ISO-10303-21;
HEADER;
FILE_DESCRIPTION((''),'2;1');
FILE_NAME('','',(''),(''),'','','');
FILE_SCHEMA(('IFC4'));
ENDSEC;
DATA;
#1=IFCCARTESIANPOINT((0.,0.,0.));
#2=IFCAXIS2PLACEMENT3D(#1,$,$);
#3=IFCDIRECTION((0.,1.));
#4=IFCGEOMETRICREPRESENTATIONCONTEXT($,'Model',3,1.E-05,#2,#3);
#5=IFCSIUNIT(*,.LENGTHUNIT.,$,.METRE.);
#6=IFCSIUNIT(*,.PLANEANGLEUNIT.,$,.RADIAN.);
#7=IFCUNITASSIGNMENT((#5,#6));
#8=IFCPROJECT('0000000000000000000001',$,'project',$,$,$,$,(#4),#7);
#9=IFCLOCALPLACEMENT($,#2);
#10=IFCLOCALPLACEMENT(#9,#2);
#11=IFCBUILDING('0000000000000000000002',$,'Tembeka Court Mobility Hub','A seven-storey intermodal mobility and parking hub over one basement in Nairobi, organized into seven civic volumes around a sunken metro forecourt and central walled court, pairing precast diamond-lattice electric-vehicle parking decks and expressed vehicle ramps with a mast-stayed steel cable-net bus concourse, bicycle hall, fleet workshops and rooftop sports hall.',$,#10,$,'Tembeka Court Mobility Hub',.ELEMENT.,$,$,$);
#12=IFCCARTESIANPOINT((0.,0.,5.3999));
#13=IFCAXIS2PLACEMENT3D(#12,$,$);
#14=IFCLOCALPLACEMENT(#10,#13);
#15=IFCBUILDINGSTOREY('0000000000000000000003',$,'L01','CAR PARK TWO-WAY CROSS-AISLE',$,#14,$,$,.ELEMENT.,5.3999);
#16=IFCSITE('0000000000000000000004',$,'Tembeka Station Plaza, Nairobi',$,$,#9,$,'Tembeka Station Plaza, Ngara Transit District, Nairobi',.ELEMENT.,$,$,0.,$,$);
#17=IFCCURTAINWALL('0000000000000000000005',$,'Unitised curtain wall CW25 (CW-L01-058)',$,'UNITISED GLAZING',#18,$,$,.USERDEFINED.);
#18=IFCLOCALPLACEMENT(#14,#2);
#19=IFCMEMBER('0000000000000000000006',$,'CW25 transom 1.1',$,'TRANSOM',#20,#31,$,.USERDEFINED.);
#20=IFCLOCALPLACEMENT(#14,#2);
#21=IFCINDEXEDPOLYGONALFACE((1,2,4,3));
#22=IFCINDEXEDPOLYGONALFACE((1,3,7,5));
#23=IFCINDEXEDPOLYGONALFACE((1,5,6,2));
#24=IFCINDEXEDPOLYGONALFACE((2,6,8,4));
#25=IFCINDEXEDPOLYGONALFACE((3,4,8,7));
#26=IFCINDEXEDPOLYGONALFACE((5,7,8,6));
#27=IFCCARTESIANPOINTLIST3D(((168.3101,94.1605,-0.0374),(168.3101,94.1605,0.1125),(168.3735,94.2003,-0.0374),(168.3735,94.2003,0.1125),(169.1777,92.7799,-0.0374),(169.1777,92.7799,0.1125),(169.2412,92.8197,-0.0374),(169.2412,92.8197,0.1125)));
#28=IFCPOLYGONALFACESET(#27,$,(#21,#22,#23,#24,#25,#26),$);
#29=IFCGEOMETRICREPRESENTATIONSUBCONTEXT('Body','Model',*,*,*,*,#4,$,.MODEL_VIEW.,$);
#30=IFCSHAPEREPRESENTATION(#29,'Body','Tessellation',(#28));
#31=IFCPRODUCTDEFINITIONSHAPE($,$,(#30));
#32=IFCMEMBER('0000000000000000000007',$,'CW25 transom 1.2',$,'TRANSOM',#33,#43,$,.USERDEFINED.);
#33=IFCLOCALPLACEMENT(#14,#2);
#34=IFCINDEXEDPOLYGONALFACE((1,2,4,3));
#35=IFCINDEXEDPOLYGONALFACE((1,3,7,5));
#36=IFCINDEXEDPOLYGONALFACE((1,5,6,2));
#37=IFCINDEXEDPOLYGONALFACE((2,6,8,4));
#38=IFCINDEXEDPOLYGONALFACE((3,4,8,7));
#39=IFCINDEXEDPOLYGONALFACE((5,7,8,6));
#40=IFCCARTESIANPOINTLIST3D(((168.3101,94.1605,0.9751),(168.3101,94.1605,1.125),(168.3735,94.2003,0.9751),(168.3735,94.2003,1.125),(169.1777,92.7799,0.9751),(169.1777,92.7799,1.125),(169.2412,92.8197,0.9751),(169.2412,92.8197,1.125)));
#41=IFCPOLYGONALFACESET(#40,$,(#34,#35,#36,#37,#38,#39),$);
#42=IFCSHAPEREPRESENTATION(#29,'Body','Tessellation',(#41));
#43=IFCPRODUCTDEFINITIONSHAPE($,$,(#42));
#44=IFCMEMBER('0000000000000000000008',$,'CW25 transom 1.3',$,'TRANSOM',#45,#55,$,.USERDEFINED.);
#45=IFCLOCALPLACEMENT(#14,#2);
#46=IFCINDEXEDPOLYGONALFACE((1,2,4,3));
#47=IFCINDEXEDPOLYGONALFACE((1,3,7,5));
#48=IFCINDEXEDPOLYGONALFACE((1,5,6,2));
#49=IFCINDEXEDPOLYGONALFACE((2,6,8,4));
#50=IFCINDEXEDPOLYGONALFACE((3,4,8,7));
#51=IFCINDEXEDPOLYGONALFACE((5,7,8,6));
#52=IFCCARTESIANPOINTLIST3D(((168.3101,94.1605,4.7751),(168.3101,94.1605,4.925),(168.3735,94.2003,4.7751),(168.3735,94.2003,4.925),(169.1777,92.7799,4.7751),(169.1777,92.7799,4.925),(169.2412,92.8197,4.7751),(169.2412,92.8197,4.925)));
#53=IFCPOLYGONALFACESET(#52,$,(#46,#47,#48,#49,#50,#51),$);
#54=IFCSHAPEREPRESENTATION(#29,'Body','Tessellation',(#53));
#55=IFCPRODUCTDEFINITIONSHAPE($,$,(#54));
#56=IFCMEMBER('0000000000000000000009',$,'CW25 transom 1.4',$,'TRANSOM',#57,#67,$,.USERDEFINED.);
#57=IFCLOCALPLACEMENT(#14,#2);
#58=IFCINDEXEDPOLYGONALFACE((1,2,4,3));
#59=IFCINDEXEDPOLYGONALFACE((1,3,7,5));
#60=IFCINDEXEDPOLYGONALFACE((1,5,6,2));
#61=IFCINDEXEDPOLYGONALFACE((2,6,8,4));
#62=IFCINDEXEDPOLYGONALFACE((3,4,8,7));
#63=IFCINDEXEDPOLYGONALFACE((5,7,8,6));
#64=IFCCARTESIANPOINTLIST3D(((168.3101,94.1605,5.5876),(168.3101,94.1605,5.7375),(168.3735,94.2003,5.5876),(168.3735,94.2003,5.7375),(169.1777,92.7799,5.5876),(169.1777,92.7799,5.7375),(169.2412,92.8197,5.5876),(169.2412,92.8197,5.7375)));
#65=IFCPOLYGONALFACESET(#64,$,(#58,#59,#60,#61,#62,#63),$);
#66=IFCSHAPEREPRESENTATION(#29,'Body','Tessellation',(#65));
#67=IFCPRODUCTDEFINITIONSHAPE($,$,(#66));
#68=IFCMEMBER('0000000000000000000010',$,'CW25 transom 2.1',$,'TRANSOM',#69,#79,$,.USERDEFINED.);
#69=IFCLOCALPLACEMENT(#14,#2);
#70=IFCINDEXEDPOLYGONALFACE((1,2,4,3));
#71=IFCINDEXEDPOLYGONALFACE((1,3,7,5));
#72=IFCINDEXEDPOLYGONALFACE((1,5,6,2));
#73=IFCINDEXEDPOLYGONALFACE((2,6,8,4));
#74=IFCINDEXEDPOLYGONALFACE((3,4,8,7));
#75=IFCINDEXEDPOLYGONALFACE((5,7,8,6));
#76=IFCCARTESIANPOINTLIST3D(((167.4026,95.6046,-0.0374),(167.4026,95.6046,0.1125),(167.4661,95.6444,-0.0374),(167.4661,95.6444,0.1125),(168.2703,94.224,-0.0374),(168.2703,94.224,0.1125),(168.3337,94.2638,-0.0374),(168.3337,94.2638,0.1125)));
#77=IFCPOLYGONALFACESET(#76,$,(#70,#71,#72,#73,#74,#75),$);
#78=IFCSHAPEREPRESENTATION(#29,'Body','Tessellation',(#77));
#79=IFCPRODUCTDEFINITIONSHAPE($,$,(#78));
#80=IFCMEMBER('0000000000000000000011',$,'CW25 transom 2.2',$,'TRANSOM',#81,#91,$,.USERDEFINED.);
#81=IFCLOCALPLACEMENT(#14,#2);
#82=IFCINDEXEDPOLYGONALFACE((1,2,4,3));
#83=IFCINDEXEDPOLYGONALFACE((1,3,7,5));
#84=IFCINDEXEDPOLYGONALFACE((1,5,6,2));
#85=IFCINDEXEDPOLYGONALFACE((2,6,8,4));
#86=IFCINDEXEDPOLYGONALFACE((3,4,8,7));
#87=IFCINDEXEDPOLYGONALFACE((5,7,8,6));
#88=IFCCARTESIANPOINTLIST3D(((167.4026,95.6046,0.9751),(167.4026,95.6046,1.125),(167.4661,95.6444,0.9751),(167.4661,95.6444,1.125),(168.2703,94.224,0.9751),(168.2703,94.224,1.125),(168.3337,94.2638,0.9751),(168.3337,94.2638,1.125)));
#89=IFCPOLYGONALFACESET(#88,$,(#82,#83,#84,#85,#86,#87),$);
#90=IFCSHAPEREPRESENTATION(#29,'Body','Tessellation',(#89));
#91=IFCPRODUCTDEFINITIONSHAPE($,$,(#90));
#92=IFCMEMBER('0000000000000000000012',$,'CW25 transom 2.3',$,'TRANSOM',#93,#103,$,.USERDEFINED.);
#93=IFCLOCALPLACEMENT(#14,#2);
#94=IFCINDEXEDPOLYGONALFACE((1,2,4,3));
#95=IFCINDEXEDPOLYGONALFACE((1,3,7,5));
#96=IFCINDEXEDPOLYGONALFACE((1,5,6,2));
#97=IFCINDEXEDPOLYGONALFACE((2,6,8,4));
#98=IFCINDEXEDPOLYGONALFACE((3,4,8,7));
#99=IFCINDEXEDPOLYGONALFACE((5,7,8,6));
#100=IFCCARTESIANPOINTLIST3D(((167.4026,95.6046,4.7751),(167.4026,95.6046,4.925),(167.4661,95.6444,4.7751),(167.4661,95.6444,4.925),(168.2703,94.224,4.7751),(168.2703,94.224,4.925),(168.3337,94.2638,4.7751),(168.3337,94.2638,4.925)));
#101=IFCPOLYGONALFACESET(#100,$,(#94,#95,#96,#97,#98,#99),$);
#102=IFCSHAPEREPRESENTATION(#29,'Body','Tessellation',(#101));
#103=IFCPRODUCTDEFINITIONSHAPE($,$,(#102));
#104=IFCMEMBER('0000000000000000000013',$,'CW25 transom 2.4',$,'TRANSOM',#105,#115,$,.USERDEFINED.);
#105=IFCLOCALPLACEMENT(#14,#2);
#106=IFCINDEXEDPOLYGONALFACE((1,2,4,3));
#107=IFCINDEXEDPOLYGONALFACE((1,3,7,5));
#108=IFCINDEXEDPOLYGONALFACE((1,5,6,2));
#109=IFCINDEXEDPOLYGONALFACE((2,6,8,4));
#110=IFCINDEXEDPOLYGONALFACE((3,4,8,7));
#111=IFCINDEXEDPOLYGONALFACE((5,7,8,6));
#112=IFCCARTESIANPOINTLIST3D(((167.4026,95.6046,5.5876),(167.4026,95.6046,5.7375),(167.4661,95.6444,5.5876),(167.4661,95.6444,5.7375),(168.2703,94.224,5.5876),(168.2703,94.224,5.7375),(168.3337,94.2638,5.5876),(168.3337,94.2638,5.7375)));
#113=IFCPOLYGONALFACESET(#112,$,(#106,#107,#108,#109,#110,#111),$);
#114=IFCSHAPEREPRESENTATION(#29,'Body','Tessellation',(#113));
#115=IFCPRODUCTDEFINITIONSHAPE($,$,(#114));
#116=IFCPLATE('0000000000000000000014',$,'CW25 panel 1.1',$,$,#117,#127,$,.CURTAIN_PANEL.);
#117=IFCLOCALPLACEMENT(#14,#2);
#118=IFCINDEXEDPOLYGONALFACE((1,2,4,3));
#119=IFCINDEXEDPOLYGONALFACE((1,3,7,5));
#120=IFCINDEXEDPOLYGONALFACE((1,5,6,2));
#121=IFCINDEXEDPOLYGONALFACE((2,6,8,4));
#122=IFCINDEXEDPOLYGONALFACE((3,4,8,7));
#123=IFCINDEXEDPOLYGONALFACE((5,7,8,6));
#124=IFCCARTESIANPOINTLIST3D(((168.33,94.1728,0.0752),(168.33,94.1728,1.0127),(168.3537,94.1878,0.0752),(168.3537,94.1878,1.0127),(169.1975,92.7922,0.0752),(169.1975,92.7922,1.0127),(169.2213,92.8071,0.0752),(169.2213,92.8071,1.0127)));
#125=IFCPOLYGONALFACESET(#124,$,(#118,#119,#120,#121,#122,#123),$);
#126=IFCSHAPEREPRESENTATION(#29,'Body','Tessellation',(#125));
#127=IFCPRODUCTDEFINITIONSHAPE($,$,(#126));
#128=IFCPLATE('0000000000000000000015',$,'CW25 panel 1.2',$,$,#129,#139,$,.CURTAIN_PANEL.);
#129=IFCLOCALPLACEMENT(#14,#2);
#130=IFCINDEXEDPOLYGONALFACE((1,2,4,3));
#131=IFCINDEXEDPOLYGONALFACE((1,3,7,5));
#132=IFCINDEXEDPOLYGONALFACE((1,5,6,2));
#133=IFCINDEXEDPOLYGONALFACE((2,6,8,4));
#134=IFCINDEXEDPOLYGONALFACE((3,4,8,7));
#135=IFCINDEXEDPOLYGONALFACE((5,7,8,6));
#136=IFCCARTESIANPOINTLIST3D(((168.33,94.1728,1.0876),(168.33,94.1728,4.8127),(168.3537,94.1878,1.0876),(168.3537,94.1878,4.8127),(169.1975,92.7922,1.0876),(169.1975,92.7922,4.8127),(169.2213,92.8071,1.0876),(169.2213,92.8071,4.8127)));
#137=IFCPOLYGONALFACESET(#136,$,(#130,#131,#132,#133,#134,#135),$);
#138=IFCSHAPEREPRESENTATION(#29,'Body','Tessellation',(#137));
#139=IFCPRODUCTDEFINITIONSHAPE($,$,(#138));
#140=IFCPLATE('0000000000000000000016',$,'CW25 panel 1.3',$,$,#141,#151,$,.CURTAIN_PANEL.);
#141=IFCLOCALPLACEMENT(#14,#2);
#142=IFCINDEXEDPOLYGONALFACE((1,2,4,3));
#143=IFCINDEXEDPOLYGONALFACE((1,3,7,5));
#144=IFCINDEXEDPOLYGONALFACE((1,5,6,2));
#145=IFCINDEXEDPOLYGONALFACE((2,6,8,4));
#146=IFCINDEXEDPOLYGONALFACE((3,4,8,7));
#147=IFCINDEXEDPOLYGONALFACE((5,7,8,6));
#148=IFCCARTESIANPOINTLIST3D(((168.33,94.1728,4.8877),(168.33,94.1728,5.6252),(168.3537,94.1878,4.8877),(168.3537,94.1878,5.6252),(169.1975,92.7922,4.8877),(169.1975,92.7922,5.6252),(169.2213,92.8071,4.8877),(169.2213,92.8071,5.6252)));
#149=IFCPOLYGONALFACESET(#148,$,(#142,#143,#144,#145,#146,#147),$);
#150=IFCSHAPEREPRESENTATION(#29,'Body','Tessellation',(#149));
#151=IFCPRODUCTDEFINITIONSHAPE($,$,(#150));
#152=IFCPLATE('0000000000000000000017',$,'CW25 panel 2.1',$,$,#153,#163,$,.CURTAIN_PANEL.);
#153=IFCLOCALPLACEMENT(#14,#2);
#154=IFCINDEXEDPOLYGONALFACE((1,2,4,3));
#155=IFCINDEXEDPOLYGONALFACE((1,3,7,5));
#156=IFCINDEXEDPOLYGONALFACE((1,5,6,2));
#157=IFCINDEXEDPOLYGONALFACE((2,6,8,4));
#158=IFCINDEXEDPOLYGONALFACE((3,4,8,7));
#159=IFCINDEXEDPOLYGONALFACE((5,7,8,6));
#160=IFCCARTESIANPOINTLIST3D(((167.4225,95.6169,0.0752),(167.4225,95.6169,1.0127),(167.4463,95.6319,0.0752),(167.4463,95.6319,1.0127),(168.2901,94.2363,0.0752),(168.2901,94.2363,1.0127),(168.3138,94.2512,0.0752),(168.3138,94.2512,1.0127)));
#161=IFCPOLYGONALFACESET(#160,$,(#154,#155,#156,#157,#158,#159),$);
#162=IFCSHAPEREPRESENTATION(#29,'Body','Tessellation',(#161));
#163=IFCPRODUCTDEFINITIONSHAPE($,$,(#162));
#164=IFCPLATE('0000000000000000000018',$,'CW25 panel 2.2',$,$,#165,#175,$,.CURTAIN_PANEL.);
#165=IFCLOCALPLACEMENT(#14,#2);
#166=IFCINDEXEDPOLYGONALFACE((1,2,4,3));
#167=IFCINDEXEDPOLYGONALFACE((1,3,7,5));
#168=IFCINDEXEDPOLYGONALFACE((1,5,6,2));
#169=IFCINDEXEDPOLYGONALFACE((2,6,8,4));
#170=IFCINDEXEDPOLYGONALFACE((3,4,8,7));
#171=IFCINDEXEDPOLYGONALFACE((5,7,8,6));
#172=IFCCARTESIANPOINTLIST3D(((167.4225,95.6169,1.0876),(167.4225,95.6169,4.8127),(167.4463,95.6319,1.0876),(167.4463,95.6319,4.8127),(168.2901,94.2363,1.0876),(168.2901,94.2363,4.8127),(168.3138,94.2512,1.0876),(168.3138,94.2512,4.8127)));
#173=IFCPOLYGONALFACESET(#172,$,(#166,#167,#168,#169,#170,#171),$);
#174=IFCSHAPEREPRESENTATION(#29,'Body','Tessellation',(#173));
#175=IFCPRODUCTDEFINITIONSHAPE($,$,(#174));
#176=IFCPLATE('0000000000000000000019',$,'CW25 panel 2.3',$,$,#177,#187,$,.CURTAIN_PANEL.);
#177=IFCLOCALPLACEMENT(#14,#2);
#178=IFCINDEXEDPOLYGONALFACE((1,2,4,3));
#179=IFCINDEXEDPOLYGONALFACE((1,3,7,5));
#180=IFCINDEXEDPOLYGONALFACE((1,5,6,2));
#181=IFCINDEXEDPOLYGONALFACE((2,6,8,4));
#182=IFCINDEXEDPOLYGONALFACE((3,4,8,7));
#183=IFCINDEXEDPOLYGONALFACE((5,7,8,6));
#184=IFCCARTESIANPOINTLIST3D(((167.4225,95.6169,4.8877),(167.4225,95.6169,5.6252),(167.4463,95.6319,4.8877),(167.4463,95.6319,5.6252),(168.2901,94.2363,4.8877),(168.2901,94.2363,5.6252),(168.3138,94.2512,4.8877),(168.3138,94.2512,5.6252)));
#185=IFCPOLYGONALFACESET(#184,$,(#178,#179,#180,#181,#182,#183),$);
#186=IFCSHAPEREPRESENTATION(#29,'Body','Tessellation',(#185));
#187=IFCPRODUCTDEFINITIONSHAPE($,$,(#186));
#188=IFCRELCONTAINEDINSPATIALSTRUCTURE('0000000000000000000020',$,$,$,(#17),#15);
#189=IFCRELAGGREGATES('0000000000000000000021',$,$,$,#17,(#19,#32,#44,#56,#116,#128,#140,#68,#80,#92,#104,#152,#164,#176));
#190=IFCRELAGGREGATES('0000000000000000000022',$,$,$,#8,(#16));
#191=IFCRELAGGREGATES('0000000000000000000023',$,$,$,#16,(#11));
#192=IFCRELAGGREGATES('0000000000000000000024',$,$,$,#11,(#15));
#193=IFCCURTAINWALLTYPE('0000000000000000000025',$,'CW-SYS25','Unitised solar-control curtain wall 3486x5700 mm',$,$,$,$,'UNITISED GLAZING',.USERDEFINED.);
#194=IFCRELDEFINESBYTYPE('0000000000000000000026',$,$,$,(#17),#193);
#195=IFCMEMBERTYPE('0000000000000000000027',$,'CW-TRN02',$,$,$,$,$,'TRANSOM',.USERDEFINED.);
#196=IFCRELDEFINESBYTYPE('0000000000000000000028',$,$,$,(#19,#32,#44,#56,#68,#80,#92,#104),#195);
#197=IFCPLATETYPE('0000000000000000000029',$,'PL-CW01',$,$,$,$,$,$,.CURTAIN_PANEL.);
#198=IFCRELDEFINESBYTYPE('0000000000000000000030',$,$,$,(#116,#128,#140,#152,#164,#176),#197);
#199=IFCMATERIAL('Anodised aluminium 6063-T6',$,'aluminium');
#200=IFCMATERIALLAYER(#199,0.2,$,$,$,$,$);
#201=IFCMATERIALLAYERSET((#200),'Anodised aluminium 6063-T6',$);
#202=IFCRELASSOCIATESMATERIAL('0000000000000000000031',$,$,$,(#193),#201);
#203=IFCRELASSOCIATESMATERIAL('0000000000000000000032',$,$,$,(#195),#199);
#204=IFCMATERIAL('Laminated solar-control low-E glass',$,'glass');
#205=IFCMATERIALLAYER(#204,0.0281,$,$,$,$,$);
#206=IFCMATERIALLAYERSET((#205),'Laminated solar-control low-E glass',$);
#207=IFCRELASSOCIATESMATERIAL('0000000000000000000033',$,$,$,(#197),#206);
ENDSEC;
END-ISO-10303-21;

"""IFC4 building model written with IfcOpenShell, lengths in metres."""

from ifc_helpers import new_model, si_unit, direction, frame, origin, origin_2d, place, context, subcontext, project, spatial, rectangle, extrude, material, layer, layer_set, material_profile, profile_set, type_object, element, aggregate, save


model = new_model("IFC4")

# Units and contexts
model_context = context("Model", 3, precision=1e-05, world=origin(), true_north=direction((0.0, 1.0)))
body_context = subcontext(model_context, "Body", "Model", "MODEL_VIEW")
ifc_project = project(units=[si_unit("LENGTHUNIT", "METRE"), si_unit("PLANEANGLEUNIT", "RADIAN")], contexts=[model_context])

# Site, building, storey
site_placement = place(None, origin())
site = spatial("IfcSite", under=ifc_project, at=site_placement, Name="Tembeka Station Plaza, Nairobi", LongName="Tembeka Station Plaza, Ngara Transit District, Nairobi", CompositionType="ELEMENT", RefElevation=0.0)
building_placement = place(site_placement, origin())
building = spatial("IfcBuilding", under=site, at=building_placement, Name="Tembeka Court Mobility Hub", Description="A seven-storey intermodal mobility and parking hub over one basement in Nairobi, organized into seven civic volumes around a sunken metro forecourt and central walled court, pairing precast diamond-lattice electric-vehicle parking decks and expressed vehicle ramps with a mast-stayed steel cable-net bus concourse, bicycle hall, fleet workshops and rooftop sports hall.", LongName="Tembeka Court Mobility Hub", CompositionType="ELEMENT")
storey_placement = place(building_placement, frame((0.0, 0.0, 5.3999)))
storey = spatial("IfcBuildingStorey", under=building, at=storey_placement, Name="L01", Description="CAR PARK TWO-WAY CROSS-AISLE", CompositionType="ELEMENT", Elevation=5.3999)

# Shared definitions
ifc_material_1 = material(Name="Anodised aluminium 6063-T6", Category="aluminium")
ifc_layer_1 = layer(ifc_material_1, 0.2)
ifc_layer_set_1 = layer_set([ifc_layer_1], Name="Anodised aluminium 6063-T6")
curtain_wall_type = type_object("IfcCurtainWallType", Name="CW-SYS25", Description="Unitised solar-control curtain wall 3486x5700 mm", ElementType="UNITISED GLAZING", PredefinedType="USERDEFINED", material=ifc_layer_set_1)

# Curtain wall, members, plates
curtain_wall_1_placement = place(storey_placement, origin())
curtain_wall_1 = element("IfcCurtainWall", 1, at=curtain_wall_1_placement, inside=storey, type_object=curtain_wall_type, Name="Unitised curtain wall CW25 (CW-L01-058)", ObjectType="UNITISED GLAZING", PredefinedType="USERDEFINED")
ifc_material_profile_1 = material_profile(ifc_material_1, rectangle(XDim=0.075, YDim=0.1499, at=origin_2d()), Name="ALU-TRN 75x150")
ifc_profile_set_1 = profile_set([ifc_material_profile_1], Name="Anodised aluminium 6063-T6")
member_type_1 = type_object("IfcMemberType", Name="CW-TRN02", ElementType="TRANSOM", PredefinedType="USERDEFINED", material=ifc_profile_set_1)
member_1_placement = place(storey_placement, frame((169.2095, 92.7998, 0.0376), z_axis=(-0.53211, 0.846675, 0.0), x_axis=(-0.846675, -0.53211, 0.0)))
member_1 = element("IfcMember", 2, at=member_1_placement, type_object=member_type_1, Name="CW25 transom 1.1", ObjectType="TRANSOM", PredefinedType="USERDEFINED", context=body_context, shape_type="SweptSolid", body=[
    extrude(rectangle(XDim=0.075, YDim=0.1499, at=origin_2d()), origin(), (0.0, 0.0, 1.0), 1.6306),
])
member_2_placement = place(storey_placement, frame((169.2095, 92.7998, 1.05), z_axis=(-0.53211, 0.846675, 0.0), x_axis=(-0.846675, -0.53211, 0.0)))
member_2 = element("IfcMember", 3, at=member_2_placement, type_object=member_type_1, Name="CW25 transom 1.2", ObjectType="TRANSOM", PredefinedType="USERDEFINED", context=body_context, shape_type="SweptSolid", body=[
    extrude(rectangle(XDim=0.075, YDim=0.1499, at=origin_2d()), origin(), (0.0, 0.0, 1.0), 1.6306),
])
member_3_placement = place(storey_placement, frame((169.2095, 92.7998, 4.8501), z_axis=(-0.53211, 0.846675, 0.0), x_axis=(-0.846675, -0.53211, 0.0)))
member_3 = element("IfcMember", 4, at=member_3_placement, type_object=member_type_1, Name="CW25 transom 1.3", ObjectType="TRANSOM", PredefinedType="USERDEFINED", context=body_context, shape_type="SweptSolid", body=[
    extrude(rectangle(XDim=0.075, YDim=0.1499, at=origin_2d()), origin(), (0.0, 0.0, 1.0), 1.6306),
])
member_4_placement = place(storey_placement, frame((169.2095, 92.7998, 5.6626), z_axis=(-0.53211, 0.846675, 0.0), x_axis=(-0.846675, -0.53211, 0.0)))
member_4 = element("IfcMember", 5, at=member_4_placement, type_object=member_type_1, Name="CW25 transom 1.4", ObjectType="TRANSOM", PredefinedType="USERDEFINED", context=body_context, shape_type="SweptSolid", body=[
    extrude(rectangle(XDim=0.075, YDim=0.1499, at=origin_2d()), origin(), (0.0, 0.0, 1.0), 1.6306),
])
member_5_placement = place(storey_placement, frame((168.302, 94.2439, 0.0376), z_axis=(-0.53211, 0.846675, 0.0), x_axis=(-0.846675, -0.53211, 0.0)))
member_5 = element("IfcMember", 6, at=member_5_placement, type_object=member_type_1, Name="CW25 transom 2.1", ObjectType="TRANSOM", PredefinedType="USERDEFINED", context=body_context, shape_type="SweptSolid", body=[
    extrude(rectangle(XDim=0.075, YDim=0.1499, at=origin_2d()), origin(), (0.0, 0.0, 1.0), 1.6306),
])
member_6_placement = place(storey_placement, frame((168.302, 94.2439, 1.05), z_axis=(-0.53211, 0.846675, 0.0), x_axis=(-0.846675, -0.53211, 0.0)))
member_6 = element("IfcMember", 7, at=member_6_placement, type_object=member_type_1, Name="CW25 transom 2.2", ObjectType="TRANSOM", PredefinedType="USERDEFINED", context=body_context, shape_type="SweptSolid", body=[
    extrude(rectangle(XDim=0.075, YDim=0.1499, at=origin_2d()), origin(), (0.0, 0.0, 1.0), 1.6306),
])
member_7_placement = place(storey_placement, frame((168.302, 94.2439, 4.8501), z_axis=(-0.53211, 0.846675, 0.0), x_axis=(-0.846675, -0.53211, 0.0)))
member_7 = element("IfcMember", 8, at=member_7_placement, type_object=member_type_1, Name="CW25 transom 2.3", ObjectType="TRANSOM", PredefinedType="USERDEFINED", context=body_context, shape_type="SweptSolid", body=[
    extrude(rectangle(XDim=0.075, YDim=0.1499, at=origin_2d()), origin(), (0.0, 0.0, 1.0), 1.6306),
])
member_8_placement = place(storey_placement, frame((168.302, 94.2439, 5.6626), z_axis=(-0.53211, 0.846675, 0.0), x_axis=(-0.846675, -0.53211, 0.0)))
member_8 = element("IfcMember", 9, at=member_8_placement, type_object=member_type_1, Name="CW25 transom 2.4", ObjectType="TRANSOM", PredefinedType="USERDEFINED", context=body_context, shape_type="SweptSolid", body=[
    extrude(rectangle(XDim=0.075, YDim=0.1499, at=origin_2d()), origin(), (0.0, 0.0, 1.0), 1.6306),
])
ifc_material_2 = material(Name="Laminated solar-control low-E glass", Category="glass")
ifc_layer_2 = layer(ifc_material_2, 0.0281)
ifc_layer_set_2 = layer_set([ifc_layer_2], Name="Laminated solar-control low-E glass")
plate_type_1 = type_object("IfcPlateType", Name="PL-CW01", PredefinedType="CURTAIN_PANEL", material=ifc_layer_set_2)
plate_1_placement = place(storey_placement, frame((168.7756, 93.49, 0.0752), z_axis=(0.0, 0.0, 1.0), x_axis=(-0.532058, 0.846708, 0.0)))
plate_1 = element("IfcPlate", 10, at=plate_1_placement, type_object=plate_type_1, Name="CW25 panel 1.1", PredefinedType="CURTAIN_PANEL", context=body_context, shape_type="SweptSolid", body=[
    extrude(rectangle(XDim=1.6306, YDim=0.0281, at=origin_2d()), origin(), (0.0, 0.0, 1.0), 0.9375),
])
plate_2_placement = place(storey_placement, frame((168.7756, 93.49, 1.0876), z_axis=(0.0, 0.0, 1.0), x_axis=(-0.532058, 0.846708, 0.0)))
plate_2 = element("IfcPlate", 11, at=plate_2_placement, type_object=plate_type_1, Name="CW25 panel 1.2", PredefinedType="CURTAIN_PANEL", context=body_context, shape_type="SweptSolid", body=[
    extrude(rectangle(XDim=1.6306, YDim=0.0281, at=origin_2d()), origin(), (0.0, 0.0, 1.0), 3.7251),
])
plate_3_placement = place(storey_placement, frame((168.7756, 93.49, 4.8877), z_axis=(0.0, 0.0, 1.0), x_axis=(-0.532058, 0.846708, 0.0)))
plate_3 = element("IfcPlate", 12, at=plate_3_placement, type_object=plate_type_1, Name="CW25 panel 1.3", PredefinedType="CURTAIN_PANEL", context=body_context, shape_type="SweptSolid", body=[
    extrude(rectangle(XDim=1.6306, YDim=0.0281, at=origin_2d()), origin(), (0.0, 0.0, 1.0), 0.7375),
])
plate_4_placement = place(storey_placement, frame((167.8682, 94.9341, 0.0752), z_axis=(0.0, 0.0, 1.0), x_axis=(-0.532058, 0.846708, 0.0)))
plate_4 = element("IfcPlate", 13, at=plate_4_placement, type_object=plate_type_1, Name="CW25 panel 2.1", PredefinedType="CURTAIN_PANEL", context=body_context, shape_type="SweptSolid", body=[
    extrude(rectangle(XDim=1.6306, YDim=0.0281, at=origin_2d()), origin(), (0.0, 0.0, 1.0), 0.9375),
])
plate_5_placement = place(storey_placement, frame((167.8682, 94.9341, 1.0876), z_axis=(0.0, 0.0, 1.0), x_axis=(-0.532058, 0.846708, 0.0)))
plate_5 = element("IfcPlate", 14, at=plate_5_placement, type_object=plate_type_1, Name="CW25 panel 2.2", PredefinedType="CURTAIN_PANEL", context=body_context, shape_type="SweptSolid", body=[
    extrude(rectangle(XDim=1.6306, YDim=0.0281, at=origin_2d()), origin(), (0.0, 0.0, 1.0), 3.7251),
])
plate_6_placement = place(storey_placement, frame((167.8682, 94.9341, 4.8877), z_axis=(0.0, 0.0, 1.0), x_axis=(-0.532058, 0.846708, 0.0)))
plate_6 = element("IfcPlate", 15, at=plate_6_placement, type_object=plate_type_1, Name="CW25 panel 2.3", PredefinedType="CURTAIN_PANEL", context=body_context, shape_type="SweptSolid", body=[
    extrude(rectangle(XDim=1.6306, YDim=0.0281, at=origin_2d()), origin(), (0.0, 0.0, 1.0), 0.7375),
])
aggregate(curtain_wall_1, [member_1, member_2, member_3, member_4, plate_1, plate_2, plate_3, member_5, member_6, member_7, member_8, plate_4, plate_5, plate_6])

save(model, "model.ifc")
